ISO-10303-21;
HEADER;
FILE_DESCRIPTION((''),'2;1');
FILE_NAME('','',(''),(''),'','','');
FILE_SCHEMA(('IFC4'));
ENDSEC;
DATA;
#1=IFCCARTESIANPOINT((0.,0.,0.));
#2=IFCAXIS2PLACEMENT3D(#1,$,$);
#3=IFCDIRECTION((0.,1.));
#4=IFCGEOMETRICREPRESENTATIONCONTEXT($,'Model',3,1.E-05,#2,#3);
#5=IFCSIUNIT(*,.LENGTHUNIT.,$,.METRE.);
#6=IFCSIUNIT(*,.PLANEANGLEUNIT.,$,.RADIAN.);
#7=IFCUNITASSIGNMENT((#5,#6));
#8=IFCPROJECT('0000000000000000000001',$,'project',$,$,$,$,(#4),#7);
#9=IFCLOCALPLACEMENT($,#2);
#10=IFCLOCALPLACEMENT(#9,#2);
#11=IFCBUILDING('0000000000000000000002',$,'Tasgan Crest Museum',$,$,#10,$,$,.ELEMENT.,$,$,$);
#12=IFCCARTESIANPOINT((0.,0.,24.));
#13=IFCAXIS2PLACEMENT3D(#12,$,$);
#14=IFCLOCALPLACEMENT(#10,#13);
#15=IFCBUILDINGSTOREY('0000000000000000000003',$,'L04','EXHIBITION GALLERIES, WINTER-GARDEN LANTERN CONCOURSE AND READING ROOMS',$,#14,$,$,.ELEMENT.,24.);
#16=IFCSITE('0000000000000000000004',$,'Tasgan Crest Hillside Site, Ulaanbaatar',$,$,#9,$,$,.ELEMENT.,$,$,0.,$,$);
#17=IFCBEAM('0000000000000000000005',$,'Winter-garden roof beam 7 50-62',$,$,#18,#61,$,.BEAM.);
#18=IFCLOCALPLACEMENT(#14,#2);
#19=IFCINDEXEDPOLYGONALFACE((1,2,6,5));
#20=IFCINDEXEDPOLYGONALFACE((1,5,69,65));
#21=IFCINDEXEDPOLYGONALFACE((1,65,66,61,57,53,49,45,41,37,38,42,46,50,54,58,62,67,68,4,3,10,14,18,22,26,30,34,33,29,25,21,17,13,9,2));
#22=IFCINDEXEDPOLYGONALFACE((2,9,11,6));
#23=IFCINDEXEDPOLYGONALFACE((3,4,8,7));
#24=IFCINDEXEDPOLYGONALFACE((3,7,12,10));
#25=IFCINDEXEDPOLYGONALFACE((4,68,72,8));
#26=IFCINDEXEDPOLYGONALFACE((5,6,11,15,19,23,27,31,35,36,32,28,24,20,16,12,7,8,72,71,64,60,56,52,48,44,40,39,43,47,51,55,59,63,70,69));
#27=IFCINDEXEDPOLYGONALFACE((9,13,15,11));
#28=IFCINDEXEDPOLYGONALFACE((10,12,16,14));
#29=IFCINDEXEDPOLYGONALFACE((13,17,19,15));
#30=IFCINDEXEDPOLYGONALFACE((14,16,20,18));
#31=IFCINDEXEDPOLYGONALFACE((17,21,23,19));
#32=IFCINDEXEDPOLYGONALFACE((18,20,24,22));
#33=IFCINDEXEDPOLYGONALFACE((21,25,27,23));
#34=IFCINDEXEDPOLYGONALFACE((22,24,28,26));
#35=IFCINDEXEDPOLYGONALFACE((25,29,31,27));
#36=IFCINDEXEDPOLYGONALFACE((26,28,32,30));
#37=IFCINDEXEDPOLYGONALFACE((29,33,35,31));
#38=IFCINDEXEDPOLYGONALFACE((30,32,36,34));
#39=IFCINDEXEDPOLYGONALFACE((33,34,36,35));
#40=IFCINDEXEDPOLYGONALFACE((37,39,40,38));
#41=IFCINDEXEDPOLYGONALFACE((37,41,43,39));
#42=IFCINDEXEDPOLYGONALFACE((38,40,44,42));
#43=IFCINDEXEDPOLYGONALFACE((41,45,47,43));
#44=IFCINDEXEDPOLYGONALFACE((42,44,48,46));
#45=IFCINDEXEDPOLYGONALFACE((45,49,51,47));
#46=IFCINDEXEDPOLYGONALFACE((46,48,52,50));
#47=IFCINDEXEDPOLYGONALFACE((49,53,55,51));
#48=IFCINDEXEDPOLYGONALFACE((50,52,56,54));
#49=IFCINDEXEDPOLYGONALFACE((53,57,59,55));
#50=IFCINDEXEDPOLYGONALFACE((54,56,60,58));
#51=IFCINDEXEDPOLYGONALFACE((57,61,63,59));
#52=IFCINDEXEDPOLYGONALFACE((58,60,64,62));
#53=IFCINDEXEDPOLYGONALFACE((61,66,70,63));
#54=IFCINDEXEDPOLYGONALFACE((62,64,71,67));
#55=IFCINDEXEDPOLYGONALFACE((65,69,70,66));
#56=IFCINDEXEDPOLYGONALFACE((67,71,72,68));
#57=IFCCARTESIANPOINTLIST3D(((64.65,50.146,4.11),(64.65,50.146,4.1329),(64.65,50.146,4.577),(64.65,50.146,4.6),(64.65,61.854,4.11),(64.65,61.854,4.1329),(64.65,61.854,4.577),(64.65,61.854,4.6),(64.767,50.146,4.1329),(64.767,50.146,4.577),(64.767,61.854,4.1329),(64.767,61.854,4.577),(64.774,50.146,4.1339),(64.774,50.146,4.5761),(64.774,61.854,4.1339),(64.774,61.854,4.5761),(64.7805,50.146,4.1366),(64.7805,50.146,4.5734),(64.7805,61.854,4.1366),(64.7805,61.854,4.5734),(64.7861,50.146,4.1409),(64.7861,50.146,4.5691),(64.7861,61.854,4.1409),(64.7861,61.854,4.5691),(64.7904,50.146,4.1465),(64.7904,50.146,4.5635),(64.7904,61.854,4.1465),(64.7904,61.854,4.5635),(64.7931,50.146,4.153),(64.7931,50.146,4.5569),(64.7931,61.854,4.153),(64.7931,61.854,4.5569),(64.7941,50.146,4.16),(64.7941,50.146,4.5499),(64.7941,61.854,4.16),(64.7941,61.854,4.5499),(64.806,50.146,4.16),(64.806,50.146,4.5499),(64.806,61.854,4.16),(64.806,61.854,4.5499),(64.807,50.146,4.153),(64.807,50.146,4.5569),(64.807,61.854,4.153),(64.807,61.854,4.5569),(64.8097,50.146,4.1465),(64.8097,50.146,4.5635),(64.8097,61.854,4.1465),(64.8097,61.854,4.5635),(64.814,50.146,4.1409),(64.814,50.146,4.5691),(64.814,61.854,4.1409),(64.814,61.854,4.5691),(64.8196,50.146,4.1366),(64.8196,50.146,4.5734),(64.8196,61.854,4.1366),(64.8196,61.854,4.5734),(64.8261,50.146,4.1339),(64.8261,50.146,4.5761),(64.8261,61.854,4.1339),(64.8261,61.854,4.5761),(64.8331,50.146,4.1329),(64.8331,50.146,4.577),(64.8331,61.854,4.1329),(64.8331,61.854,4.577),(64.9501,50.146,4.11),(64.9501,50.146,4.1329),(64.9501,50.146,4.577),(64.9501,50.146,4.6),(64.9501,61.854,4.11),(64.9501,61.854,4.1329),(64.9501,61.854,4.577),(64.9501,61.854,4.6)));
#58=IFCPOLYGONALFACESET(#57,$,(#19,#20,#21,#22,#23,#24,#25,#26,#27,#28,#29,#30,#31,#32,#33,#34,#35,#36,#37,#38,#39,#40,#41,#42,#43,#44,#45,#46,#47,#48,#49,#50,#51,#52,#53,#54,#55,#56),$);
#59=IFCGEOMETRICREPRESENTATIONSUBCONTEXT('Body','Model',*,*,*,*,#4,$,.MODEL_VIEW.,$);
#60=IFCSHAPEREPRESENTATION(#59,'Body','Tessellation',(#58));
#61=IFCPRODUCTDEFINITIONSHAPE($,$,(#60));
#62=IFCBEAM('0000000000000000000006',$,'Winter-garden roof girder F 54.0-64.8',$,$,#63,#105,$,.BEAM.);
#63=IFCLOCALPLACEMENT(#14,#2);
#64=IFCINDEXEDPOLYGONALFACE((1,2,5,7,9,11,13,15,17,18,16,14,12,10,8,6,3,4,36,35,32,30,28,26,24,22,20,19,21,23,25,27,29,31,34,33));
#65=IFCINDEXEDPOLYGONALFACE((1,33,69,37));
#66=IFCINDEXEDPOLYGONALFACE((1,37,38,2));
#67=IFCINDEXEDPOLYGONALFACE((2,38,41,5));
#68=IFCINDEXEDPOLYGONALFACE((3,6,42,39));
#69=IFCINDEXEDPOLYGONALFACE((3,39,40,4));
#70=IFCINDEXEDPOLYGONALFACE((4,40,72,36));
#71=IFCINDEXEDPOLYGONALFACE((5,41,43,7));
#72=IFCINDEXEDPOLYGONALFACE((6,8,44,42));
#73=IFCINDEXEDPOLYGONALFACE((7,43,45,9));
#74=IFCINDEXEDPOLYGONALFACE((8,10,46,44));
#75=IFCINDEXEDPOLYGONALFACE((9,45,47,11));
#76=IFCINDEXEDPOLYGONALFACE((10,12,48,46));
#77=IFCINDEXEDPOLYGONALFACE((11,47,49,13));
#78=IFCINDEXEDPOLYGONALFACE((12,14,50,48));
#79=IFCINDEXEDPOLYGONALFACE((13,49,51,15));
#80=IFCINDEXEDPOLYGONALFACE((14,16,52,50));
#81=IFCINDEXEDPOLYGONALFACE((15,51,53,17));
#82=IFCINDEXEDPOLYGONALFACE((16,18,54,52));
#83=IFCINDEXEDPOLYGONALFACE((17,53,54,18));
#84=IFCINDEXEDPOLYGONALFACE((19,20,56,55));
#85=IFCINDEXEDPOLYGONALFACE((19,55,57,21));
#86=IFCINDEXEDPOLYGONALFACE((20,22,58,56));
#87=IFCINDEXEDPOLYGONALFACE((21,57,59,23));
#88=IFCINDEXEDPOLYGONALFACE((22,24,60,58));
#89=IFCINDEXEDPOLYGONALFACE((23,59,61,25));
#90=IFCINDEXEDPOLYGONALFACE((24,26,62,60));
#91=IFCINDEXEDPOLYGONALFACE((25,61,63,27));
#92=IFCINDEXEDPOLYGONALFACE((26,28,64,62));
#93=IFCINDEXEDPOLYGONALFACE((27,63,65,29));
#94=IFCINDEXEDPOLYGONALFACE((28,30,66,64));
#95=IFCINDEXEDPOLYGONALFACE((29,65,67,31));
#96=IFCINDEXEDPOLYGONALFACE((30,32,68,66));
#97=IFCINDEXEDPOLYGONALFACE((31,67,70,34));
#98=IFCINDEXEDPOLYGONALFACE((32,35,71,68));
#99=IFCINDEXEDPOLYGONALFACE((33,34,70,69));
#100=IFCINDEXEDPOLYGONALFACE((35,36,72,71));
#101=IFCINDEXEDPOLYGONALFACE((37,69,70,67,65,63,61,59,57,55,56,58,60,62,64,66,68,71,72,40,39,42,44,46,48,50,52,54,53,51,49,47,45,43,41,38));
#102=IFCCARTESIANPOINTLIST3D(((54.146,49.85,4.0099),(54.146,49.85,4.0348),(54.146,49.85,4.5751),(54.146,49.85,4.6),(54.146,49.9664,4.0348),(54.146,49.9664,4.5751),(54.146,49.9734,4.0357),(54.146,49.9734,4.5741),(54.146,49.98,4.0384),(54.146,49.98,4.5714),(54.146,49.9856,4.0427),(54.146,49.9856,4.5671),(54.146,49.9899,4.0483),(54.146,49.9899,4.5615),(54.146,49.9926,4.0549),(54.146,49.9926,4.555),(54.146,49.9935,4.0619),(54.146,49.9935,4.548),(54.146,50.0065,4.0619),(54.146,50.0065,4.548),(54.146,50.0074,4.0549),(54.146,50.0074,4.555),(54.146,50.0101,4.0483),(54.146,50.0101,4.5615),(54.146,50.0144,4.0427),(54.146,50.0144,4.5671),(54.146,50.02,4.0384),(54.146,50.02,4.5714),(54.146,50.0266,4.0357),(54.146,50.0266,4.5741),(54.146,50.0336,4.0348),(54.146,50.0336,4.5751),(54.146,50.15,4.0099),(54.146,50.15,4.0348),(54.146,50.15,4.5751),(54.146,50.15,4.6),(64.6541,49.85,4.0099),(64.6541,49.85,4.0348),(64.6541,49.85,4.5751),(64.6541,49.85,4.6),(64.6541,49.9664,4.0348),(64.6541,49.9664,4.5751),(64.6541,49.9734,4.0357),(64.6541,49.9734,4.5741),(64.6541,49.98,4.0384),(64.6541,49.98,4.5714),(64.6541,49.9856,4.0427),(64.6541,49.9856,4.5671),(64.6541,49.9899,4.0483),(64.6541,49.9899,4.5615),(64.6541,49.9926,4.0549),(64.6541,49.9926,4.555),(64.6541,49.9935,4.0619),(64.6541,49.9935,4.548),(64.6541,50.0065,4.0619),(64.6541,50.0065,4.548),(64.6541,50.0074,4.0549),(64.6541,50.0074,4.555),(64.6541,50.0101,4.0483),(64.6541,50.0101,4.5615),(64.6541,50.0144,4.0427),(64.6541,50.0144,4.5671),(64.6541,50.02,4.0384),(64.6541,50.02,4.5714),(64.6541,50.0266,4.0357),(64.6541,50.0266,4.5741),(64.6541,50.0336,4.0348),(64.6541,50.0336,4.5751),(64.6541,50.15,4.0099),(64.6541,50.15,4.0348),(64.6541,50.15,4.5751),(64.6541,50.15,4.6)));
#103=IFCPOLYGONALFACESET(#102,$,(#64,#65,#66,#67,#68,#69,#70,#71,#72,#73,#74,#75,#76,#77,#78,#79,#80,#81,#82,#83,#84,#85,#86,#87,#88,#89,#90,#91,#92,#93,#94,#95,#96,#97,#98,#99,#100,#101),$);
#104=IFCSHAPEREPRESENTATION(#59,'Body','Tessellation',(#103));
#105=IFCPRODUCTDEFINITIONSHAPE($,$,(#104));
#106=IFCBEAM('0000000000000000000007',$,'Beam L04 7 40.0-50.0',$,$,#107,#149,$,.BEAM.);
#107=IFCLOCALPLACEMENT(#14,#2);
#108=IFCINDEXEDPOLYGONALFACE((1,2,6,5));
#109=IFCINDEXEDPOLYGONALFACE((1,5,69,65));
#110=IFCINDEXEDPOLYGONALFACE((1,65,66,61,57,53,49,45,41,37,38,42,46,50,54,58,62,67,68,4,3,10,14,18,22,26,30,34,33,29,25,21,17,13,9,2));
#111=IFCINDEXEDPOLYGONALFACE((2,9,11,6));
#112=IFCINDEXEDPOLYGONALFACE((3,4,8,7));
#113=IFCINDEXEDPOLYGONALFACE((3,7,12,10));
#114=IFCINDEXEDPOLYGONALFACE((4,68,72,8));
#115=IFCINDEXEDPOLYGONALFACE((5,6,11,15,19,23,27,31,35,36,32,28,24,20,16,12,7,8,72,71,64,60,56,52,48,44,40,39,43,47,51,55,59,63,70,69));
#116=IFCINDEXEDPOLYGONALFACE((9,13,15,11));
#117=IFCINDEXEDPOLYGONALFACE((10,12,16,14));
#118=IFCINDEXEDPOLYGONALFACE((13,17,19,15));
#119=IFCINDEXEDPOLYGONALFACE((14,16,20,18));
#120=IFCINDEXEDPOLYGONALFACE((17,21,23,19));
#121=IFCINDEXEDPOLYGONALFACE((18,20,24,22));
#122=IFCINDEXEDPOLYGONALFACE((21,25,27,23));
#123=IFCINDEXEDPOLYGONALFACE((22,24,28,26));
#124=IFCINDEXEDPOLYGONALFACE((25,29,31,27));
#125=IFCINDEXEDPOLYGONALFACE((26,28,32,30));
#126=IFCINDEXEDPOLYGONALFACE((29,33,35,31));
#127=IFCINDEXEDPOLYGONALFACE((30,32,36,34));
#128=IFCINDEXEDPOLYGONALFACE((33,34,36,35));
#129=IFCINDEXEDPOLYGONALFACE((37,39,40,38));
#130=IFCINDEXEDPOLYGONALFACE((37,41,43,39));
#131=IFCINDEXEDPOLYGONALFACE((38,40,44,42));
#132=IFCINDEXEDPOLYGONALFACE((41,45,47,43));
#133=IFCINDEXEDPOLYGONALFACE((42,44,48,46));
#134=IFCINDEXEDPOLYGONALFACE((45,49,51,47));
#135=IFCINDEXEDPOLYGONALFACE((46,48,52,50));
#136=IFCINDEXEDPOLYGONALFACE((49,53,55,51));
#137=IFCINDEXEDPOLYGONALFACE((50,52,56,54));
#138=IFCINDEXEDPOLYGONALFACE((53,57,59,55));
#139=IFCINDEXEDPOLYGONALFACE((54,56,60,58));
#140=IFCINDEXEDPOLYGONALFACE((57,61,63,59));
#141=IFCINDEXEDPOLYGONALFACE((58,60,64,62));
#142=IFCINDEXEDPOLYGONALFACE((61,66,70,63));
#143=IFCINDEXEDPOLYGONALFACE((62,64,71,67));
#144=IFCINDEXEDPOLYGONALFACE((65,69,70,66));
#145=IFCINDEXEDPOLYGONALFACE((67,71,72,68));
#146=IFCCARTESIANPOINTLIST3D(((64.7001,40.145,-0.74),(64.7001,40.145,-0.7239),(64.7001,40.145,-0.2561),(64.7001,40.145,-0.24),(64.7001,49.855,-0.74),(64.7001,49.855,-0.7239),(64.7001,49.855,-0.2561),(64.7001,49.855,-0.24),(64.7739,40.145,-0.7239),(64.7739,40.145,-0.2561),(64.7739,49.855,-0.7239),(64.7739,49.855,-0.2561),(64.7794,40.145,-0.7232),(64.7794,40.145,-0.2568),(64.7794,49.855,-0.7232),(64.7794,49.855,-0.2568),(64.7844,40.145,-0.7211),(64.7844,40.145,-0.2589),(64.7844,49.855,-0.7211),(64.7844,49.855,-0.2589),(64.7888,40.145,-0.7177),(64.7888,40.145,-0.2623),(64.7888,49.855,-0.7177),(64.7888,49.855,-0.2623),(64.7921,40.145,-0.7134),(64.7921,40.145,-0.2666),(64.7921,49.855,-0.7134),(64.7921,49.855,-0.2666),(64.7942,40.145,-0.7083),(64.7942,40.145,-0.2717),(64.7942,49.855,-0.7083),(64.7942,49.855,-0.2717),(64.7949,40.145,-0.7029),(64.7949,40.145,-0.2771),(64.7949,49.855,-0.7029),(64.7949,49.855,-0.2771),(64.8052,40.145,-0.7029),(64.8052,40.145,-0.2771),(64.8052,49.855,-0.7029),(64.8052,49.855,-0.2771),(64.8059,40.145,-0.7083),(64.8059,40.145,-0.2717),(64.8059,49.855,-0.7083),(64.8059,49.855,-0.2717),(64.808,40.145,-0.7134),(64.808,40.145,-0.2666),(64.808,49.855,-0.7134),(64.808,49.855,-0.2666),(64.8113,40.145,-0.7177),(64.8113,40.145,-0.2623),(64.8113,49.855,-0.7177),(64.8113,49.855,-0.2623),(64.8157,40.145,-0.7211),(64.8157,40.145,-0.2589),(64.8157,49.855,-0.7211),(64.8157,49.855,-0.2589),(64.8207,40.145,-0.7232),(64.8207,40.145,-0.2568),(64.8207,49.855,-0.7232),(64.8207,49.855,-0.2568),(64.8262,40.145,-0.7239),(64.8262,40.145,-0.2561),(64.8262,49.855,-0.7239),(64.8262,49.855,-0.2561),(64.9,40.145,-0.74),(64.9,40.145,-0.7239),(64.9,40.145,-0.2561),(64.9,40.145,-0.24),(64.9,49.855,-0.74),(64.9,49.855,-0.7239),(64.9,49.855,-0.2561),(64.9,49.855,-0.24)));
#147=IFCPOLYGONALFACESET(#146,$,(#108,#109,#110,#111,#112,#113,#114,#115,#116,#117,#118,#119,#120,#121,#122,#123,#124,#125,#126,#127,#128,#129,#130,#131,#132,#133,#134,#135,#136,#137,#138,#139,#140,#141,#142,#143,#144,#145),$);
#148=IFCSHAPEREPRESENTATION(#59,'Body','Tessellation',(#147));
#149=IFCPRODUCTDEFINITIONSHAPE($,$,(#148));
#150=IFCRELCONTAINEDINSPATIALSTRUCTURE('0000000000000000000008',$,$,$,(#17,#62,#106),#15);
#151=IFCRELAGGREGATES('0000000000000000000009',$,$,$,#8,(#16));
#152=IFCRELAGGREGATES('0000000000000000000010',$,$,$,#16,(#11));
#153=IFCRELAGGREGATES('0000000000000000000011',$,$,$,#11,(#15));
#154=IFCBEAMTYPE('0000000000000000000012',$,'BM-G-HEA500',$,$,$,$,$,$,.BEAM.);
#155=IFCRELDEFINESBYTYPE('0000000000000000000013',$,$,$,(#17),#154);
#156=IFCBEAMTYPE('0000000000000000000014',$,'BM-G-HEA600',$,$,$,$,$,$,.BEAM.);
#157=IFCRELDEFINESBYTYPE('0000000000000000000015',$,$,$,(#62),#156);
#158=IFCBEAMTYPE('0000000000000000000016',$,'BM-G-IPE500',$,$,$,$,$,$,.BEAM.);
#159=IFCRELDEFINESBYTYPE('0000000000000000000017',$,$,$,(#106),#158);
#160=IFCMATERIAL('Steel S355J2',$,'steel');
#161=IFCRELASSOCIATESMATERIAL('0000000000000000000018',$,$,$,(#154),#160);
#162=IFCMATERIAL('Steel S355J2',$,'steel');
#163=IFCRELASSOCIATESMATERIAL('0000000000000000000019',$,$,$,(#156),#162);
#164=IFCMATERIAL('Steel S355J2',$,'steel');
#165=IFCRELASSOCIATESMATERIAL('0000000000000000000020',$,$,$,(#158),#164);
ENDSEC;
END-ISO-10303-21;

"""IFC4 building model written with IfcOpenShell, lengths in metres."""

from ifc_helpers import new_model, si_unit, direction, frame, origin, origin_2d, place, context, subcontext, project, spatial, i_section, extrude, material, material_profile, profile_set, type_object, element, save


model = new_model("IFC4")

# Units and contexts
model_context = context("Model", 3, precision=1e-05, world=origin(), true_north=direction((0.0, 1.0)))
body_context = subcontext(model_context, "Body", "Model", "MODEL_VIEW")
ifc_project = project(units=[si_unit("LENGTHUNIT", "METRE"), si_unit("PLANEANGLEUNIT", "RADIAN")], contexts=[model_context])

# Site, building, storey
site_placement = place(None, origin())
site = spatial("IfcSite", under=ifc_project, at=site_placement, Name="Tasgan Crest Hillside Site, Ulaanbaatar", CompositionType="ELEMENT", RefElevation=0.0)
building_placement = place(site_placement, origin())
building = spatial("IfcBuilding", under=site, at=building_placement, Name="Tasgan Crest Museum", CompositionType="ELEMENT")
storey_placement = place(building_placement, frame((0.0, 0.0, 24.0)))
storey = spatial("IfcBuildingStorey", under=building, at=storey_placement, Name="L04", Description="EXHIBITION GALLERIES, WINTER-GARDEN LANTERN CONCOURSE AND READING ROOMS", CompositionType="ELEMENT", Elevation=24.0)

# Beams
ifc_material_1 = material(Name="Steel S355J2", Category="steel")
ifc_material_profile_1 = material_profile(ifc_material_1, i_section(OverallWidth=0.3, OverallDepth=0.49, WebThickness=0.012, FlangeThickness=0.0229, FilletRadius=0.0271, at=origin_2d()), Name="HEA 500")
ifc_profile_set_1 = profile_set([ifc_material_profile_1], Name="Steel S355J2")
beam_type_1 = type_object("IfcBeamType", Name="BM-G-HEA500", PredefinedType="BEAM", material=ifc_profile_set_1)
beam_1_placement = place(storey_placement, frame((64.8, 50.146, 4.355), z_axis=(0.0, 1.0, 0.0), x_axis=(-1.0, 0.0, 0.0)))
element("IfcBeam", 1, at=beam_1_placement, inside=storey, type_object=beam_type_1, Name="Winter-garden roof beam 7 50-62", PredefinedType="BEAM", context=body_context, shape_type="SweptSolid", body=[
    extrude(i_section(OverallWidth=0.3, OverallDepth=0.49, WebThickness=0.012, FlangeThickness=0.0229, FilletRadius=0.0271, at=origin_2d()), origin(), (0.0, 0.0, 1.0), 11.708),
])
ifc_material_2 = material(Name="Steel S355J2", Category="steel")
ifc_material_profile_2 = material_profile(ifc_material_2, i_section(OverallWidth=0.3, OverallDepth=0.5901, WebThickness=0.0129, FlangeThickness=0.0249, FilletRadius=0.0271, at=origin_2d()), Name="HEA 600")
ifc_profile_set_2 = profile_set([ifc_material_profile_2], Name="Steel S355J2")
beam_type_2 = type_object("IfcBeamType", Name="BM-G-HEA600", PredefinedType="BEAM", material=ifc_profile_set_2)
beam_2_placement = place(storey_placement, frame((54.146, 50.0, 4.3049), z_axis=(1.0, 0.0, 0.0), x_axis=(0.0, 1.0, 0.0)))
element("IfcBeam", 2, at=beam_2_placement, inside=storey, type_object=beam_type_2, Name="Winter-garden roof girder F 54.0-64.8", PredefinedType="BEAM", context=body_context, shape_type="SweptSolid", body=[
    extrude(i_section(OverallWidth=0.3, OverallDepth=0.5901, WebThickness=0.0129, FlangeThickness=0.0249, FilletRadius=0.0271, at=origin_2d()), origin(), (0.0, 0.0, 1.0), 10.5081),
])
ifc_material_3 = material(Name="Steel S355J2", Category="steel")
ifc_material_profile_3 = material_profile(ifc_material_3, i_section(OverallWidth=0.2, OverallDepth=0.5, WebThickness=0.0103, FlangeThickness=0.0161, FilletRadius=0.021, at=origin_2d()), Name="IPE 500")
ifc_profile_set_3 = profile_set([ifc_material_profile_3], Name="Steel S355J2")
beam_type_3 = type_object("IfcBeamType", Name="BM-G-IPE500", PredefinedType="BEAM", material=ifc_profile_set_3)
beam_3_placement = place(storey_placement, frame((64.8, 40.145, -0.49), z_axis=(0.0, 1.0, 0.0), x_axis=(-1.0, 0.0, 0.0)))
element("IfcBeam", 3, at=beam_3_placement, inside=storey, type_object=beam_type_3, Name="Beam L04 7 40.0-50.0", PredefinedType="BEAM", context=body_context, shape_type="SweptSolid", body=[
    extrude(i_section(OverallWidth=0.2, OverallDepth=0.5, WebThickness=0.0103, FlangeThickness=0.0161, FilletRadius=0.021, at=origin_2d()), origin(), (0.0, 0.0, 1.0), 9.71),
])

save(model, "model.ifc")
